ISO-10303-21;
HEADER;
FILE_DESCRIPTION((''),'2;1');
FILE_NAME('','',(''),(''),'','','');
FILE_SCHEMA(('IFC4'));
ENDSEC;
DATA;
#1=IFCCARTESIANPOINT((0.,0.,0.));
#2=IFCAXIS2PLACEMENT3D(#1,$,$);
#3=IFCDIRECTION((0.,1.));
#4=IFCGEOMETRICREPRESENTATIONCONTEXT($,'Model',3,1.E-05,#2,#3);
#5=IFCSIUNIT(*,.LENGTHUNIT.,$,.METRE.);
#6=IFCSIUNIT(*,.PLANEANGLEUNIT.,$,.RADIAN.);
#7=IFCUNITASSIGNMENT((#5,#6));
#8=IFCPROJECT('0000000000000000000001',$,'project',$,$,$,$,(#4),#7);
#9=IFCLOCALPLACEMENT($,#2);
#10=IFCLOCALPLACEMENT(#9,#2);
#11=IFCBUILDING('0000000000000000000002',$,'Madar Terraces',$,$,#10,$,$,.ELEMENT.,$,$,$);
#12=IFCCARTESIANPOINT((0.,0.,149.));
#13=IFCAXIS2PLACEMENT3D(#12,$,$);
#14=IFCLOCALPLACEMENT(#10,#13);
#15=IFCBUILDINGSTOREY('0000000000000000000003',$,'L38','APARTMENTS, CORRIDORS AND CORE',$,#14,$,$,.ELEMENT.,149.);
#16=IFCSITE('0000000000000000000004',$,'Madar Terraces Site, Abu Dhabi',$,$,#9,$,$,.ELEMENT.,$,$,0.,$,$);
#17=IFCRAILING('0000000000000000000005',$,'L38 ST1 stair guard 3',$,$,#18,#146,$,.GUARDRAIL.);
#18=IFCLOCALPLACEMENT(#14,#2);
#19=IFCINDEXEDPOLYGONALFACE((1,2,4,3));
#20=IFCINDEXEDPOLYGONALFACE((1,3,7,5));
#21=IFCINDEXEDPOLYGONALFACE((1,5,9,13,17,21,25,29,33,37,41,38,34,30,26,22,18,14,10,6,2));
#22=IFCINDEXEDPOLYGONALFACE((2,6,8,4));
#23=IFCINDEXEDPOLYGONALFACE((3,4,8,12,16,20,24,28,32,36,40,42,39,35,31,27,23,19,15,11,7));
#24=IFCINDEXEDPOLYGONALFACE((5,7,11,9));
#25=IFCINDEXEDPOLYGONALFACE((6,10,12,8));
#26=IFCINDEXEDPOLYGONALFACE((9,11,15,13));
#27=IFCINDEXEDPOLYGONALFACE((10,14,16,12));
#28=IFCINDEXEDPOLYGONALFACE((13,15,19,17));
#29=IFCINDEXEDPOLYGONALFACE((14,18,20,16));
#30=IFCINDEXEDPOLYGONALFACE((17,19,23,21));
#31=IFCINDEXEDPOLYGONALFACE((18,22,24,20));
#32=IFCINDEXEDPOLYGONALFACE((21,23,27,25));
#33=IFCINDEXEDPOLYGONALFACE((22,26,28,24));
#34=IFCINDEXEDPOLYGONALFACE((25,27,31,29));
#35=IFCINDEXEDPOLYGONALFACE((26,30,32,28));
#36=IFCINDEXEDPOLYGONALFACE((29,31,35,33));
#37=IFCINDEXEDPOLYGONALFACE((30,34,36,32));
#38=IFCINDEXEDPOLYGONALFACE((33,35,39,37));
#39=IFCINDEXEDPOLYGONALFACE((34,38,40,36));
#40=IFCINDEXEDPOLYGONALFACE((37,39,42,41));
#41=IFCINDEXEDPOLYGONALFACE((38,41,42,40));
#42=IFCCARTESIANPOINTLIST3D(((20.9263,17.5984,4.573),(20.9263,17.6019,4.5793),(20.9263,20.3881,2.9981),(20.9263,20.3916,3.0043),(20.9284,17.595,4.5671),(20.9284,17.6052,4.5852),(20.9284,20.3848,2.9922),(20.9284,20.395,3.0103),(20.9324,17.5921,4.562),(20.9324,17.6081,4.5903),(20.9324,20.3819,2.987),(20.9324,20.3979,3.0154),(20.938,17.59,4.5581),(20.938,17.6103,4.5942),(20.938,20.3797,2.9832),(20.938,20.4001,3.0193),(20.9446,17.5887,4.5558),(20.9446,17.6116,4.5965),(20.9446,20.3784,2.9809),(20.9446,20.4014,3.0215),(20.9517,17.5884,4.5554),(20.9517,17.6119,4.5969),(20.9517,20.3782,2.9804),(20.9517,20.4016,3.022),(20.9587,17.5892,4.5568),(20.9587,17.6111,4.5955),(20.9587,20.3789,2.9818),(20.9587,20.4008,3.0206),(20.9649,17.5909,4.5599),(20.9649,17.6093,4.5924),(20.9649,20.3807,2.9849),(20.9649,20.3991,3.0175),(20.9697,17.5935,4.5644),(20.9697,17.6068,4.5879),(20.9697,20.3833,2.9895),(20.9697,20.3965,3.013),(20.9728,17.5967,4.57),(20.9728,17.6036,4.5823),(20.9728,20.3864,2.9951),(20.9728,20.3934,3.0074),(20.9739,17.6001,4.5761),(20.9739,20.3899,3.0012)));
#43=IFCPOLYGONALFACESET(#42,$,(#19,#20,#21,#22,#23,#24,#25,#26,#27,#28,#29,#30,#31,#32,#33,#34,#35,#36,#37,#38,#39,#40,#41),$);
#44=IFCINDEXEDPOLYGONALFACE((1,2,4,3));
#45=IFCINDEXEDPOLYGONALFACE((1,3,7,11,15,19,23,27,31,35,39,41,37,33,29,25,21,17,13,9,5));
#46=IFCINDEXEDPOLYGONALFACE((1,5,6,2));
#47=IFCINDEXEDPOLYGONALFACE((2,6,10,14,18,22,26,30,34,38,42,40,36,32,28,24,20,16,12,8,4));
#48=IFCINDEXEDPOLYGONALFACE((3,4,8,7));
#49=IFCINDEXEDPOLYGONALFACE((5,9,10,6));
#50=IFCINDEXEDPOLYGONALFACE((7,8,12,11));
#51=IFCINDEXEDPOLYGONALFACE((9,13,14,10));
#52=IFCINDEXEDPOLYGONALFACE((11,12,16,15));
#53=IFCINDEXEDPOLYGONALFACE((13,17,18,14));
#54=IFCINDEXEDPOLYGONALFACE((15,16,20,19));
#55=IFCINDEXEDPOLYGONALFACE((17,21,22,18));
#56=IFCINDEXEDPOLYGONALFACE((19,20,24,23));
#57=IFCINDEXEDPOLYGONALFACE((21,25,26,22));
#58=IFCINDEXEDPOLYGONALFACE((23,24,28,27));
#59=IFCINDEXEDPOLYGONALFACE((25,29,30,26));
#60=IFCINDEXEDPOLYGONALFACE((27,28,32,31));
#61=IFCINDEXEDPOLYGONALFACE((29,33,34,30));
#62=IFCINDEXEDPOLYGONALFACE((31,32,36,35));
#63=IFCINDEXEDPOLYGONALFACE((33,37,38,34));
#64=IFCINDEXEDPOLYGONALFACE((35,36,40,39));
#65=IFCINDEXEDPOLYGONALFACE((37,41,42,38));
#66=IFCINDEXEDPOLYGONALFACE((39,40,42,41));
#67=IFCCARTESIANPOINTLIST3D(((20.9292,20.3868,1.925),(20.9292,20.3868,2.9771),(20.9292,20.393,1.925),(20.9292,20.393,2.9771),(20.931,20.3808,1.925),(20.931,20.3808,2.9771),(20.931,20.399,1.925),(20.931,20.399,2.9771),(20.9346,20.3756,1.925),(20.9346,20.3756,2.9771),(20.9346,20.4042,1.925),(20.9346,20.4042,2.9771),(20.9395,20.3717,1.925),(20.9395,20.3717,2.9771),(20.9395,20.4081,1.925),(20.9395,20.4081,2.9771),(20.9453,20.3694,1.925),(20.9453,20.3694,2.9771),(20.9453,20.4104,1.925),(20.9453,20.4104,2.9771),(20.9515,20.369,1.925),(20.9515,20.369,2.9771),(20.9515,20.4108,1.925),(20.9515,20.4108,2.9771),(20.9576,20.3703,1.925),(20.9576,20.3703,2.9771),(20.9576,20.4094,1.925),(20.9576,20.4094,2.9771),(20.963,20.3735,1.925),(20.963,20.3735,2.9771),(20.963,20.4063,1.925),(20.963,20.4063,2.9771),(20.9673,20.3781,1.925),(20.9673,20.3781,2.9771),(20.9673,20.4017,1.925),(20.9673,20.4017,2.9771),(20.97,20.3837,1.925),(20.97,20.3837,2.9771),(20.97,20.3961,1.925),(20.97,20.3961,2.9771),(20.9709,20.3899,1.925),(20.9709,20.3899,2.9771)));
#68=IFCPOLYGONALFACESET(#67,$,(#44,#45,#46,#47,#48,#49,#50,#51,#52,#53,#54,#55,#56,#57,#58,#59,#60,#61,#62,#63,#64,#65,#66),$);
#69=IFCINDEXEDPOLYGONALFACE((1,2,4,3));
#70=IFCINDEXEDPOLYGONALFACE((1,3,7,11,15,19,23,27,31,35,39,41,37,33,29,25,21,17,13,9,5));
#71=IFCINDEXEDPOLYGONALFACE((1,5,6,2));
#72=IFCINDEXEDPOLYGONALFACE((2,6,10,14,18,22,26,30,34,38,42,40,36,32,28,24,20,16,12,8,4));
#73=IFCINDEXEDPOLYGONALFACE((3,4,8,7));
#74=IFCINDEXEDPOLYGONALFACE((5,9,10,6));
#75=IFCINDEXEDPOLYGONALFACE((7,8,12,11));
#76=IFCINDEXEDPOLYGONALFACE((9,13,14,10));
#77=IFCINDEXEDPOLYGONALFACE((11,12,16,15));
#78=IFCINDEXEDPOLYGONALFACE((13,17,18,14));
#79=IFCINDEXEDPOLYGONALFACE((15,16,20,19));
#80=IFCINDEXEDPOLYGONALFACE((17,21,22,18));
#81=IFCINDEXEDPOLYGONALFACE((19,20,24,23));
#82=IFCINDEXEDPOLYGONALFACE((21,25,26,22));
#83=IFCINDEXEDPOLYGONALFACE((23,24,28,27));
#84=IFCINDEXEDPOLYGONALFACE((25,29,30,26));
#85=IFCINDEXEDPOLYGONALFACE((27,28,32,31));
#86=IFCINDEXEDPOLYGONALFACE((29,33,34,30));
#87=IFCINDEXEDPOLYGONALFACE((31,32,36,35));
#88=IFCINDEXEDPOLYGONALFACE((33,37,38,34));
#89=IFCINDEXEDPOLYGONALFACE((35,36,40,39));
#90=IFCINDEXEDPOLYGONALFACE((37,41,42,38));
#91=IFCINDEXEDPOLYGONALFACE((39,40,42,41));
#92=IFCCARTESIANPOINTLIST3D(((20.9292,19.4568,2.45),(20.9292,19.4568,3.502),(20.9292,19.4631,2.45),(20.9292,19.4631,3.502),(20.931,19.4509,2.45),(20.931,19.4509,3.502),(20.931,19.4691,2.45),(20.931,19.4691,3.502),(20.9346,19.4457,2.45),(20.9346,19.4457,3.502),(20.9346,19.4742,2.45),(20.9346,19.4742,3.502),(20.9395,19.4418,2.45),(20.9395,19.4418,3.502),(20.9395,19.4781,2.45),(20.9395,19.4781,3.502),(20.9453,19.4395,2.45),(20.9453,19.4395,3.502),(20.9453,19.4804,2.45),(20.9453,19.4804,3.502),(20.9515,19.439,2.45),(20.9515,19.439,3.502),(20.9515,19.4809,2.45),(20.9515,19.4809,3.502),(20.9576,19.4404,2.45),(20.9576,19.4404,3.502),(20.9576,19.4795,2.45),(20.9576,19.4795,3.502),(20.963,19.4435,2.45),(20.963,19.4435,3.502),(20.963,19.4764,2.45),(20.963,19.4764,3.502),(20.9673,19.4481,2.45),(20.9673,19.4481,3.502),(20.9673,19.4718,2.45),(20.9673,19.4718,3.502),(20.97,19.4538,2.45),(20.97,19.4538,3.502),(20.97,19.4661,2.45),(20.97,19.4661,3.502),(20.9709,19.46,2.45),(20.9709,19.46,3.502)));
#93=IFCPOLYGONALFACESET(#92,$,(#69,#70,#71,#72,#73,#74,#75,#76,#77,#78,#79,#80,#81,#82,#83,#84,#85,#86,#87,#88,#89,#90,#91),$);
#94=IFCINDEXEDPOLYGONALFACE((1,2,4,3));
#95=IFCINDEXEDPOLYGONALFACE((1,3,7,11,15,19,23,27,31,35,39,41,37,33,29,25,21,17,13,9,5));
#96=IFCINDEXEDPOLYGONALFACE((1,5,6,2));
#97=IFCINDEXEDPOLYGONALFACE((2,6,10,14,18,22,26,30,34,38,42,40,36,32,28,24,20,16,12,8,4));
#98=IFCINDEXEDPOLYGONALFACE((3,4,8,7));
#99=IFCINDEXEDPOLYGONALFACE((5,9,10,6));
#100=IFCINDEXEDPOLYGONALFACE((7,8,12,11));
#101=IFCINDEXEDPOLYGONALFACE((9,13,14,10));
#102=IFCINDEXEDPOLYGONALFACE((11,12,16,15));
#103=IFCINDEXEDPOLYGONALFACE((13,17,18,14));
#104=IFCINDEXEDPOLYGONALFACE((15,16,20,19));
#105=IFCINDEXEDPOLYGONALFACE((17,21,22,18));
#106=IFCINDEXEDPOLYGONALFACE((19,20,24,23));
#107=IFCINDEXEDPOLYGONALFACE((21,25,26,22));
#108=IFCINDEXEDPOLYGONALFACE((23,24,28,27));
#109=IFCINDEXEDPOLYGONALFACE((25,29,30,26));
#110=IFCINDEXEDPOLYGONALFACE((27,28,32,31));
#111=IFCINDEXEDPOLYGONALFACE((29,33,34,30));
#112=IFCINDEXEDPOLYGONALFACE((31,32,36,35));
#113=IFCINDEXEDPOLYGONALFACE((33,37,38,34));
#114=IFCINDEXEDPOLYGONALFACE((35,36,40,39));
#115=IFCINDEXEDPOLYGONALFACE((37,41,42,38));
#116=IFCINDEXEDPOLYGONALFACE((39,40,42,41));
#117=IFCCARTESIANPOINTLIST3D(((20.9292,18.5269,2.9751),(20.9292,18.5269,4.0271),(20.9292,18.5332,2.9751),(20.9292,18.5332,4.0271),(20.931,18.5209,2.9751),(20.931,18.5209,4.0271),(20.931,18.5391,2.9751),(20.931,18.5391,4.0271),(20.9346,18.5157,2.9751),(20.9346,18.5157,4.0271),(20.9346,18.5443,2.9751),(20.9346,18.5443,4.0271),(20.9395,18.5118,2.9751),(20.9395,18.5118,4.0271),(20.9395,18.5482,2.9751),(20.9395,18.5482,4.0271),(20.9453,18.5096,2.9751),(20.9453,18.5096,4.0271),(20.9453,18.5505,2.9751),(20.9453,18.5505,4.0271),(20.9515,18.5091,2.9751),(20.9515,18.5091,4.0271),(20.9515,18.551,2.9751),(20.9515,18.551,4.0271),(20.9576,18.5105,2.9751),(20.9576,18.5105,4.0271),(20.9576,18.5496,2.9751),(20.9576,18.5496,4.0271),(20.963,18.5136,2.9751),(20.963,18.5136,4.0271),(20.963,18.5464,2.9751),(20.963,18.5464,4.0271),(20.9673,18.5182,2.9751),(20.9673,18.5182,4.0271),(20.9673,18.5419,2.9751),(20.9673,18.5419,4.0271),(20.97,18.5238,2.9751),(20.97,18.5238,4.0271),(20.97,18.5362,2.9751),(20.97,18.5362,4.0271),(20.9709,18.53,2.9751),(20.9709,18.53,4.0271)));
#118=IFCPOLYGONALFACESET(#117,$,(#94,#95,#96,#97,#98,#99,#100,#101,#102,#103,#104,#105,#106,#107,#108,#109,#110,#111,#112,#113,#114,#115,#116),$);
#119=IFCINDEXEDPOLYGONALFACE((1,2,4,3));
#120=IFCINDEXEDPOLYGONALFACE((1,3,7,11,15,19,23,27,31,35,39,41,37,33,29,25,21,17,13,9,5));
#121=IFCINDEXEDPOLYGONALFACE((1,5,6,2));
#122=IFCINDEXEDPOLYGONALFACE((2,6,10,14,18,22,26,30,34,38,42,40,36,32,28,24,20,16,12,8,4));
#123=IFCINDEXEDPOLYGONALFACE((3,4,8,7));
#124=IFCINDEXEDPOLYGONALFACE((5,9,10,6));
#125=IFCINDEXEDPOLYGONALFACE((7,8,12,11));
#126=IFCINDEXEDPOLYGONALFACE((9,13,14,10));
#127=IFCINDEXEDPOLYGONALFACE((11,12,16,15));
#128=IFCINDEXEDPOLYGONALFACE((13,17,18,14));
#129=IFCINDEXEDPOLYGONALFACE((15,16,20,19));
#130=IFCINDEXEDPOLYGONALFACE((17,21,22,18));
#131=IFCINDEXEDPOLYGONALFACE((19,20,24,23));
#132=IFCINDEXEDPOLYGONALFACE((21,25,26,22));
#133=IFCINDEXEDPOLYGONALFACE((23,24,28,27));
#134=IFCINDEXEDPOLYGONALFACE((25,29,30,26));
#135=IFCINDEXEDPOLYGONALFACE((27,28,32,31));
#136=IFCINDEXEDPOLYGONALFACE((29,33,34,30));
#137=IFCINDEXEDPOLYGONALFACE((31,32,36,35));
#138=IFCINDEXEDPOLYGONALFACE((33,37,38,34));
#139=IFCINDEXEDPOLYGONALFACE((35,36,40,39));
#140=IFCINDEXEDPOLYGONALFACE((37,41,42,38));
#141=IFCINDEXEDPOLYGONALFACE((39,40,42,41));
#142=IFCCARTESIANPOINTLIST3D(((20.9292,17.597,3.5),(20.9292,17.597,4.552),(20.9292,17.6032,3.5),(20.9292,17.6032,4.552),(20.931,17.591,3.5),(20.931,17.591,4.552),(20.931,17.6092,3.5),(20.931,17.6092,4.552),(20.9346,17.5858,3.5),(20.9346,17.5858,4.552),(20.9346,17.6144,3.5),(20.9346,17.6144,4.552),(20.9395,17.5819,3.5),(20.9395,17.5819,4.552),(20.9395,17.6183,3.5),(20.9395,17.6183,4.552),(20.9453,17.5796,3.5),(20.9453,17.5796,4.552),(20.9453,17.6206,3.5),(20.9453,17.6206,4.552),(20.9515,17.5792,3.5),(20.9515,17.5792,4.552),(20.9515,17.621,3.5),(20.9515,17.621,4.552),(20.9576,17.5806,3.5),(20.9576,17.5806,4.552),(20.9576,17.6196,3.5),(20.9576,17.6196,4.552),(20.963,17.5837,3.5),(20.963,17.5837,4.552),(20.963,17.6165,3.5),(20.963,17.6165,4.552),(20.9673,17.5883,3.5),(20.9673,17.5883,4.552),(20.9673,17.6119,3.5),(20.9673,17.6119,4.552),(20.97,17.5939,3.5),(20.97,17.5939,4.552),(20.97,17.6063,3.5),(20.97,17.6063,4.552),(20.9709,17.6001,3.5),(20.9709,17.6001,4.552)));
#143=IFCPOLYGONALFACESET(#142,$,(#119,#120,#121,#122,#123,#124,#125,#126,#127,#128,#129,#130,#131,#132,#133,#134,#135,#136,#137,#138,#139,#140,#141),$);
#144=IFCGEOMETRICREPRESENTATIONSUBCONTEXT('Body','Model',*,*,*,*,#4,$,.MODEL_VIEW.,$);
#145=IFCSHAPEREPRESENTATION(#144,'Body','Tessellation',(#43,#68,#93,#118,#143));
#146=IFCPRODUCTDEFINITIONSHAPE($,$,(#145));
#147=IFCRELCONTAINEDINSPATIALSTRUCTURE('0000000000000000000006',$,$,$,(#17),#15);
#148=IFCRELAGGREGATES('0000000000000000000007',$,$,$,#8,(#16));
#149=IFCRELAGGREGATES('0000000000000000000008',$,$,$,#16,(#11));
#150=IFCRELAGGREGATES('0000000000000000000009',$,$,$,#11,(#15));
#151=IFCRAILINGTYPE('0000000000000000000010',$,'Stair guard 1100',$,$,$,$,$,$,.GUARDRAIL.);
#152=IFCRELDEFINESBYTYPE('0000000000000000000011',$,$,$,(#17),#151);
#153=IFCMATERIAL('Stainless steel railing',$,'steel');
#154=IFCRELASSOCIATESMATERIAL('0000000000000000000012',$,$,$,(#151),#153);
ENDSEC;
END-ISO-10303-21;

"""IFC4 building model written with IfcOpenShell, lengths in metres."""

from ifc_helpers import new_model, si_unit, direction, frame, origin, origin_2d, place, context, subcontext, project, spatial, circle, extrude, material, type_object, element, save


model = new_model("IFC4")

# Units and contexts
model_context = context("Model", 3, precision=1e-05, world=origin(), true_north=direction((0.0, 1.0)))
body_context = subcontext(model_context, "Body", "Model", "MODEL_VIEW")
ifc_project = project(units=[si_unit("LENGTHUNIT", "METRE"), si_unit("PLANEANGLEUNIT", "RADIAN")], contexts=[model_context])

# Site, building, storey
site_placement = place(None, origin())
site = spatial("IfcSite", under=ifc_project, at=site_placement, Name="Madar Terraces Site, Abu Dhabi", CompositionType="ELEMENT", RefElevation=0.0)
building_placement = place(site_placement, origin())
building = spatial("IfcBuilding", under=site, at=building_placement, Name="Madar Terraces", CompositionType="ELEMENT")
storey_placement = place(building_placement, frame((0.0, 0.0, 149.0)))
storey = spatial("IfcBuildingStorey", under=building, at=storey_placement, Name="L38", Description="APARTMENTS, CORRIDORS AND CORE", CompositionType="ELEMENT", Elevation=149.0)

# Railing
ifc_material_1 = material(Name="Stainless steel railing", Category="steel")
railing_type_1 = type_object("IfcRailingType", Name="Stair guard 1100", PredefinedType="GUARDRAIL", material=ifc_material_1)
railing_1_placement = place(storey_placement, frame((20.95, 20.3899, 1.925)))
element("IfcRailing", 1, at=railing_1_placement, inside=storey, type_object=railing_type_1, Name="L38 ST1 stair guard 3", PredefinedType="GUARDRAIL", context=body_context, shape_type="SweptSolid", body=[
    extrude(circle(Radius=0.0239, at=origin_2d()), frame((0.0, 0.0, 1.0762), z_axis=(0.0, -0.870815, 0.49161), x_axis=(1.0, 0.0, 0.0)), (0.0, 0.0, 1.0), 3.2036),
    extrude(circle(Radius=0.021, at=origin_2d()), origin(), (0.0, 0.0, 1.0), 1.052),
    extrude(circle(Radius=0.021, at=origin_2d()), frame((0.0, -0.9299, 0.5249)), (0.0, 0.0, 1.0), 1.052),
    extrude(circle(Radius=0.021, at=origin_2d()), frame((0.0, -1.8599, 1.05)), (0.0, 0.0, 1.0), 1.052),
    extrude(circle(Radius=0.021, at=origin_2d()), frame((0.0, -2.7898, 1.575)), (0.0, 0.0, 1.0), 1.052),
])

save(model, "model.ifc")
